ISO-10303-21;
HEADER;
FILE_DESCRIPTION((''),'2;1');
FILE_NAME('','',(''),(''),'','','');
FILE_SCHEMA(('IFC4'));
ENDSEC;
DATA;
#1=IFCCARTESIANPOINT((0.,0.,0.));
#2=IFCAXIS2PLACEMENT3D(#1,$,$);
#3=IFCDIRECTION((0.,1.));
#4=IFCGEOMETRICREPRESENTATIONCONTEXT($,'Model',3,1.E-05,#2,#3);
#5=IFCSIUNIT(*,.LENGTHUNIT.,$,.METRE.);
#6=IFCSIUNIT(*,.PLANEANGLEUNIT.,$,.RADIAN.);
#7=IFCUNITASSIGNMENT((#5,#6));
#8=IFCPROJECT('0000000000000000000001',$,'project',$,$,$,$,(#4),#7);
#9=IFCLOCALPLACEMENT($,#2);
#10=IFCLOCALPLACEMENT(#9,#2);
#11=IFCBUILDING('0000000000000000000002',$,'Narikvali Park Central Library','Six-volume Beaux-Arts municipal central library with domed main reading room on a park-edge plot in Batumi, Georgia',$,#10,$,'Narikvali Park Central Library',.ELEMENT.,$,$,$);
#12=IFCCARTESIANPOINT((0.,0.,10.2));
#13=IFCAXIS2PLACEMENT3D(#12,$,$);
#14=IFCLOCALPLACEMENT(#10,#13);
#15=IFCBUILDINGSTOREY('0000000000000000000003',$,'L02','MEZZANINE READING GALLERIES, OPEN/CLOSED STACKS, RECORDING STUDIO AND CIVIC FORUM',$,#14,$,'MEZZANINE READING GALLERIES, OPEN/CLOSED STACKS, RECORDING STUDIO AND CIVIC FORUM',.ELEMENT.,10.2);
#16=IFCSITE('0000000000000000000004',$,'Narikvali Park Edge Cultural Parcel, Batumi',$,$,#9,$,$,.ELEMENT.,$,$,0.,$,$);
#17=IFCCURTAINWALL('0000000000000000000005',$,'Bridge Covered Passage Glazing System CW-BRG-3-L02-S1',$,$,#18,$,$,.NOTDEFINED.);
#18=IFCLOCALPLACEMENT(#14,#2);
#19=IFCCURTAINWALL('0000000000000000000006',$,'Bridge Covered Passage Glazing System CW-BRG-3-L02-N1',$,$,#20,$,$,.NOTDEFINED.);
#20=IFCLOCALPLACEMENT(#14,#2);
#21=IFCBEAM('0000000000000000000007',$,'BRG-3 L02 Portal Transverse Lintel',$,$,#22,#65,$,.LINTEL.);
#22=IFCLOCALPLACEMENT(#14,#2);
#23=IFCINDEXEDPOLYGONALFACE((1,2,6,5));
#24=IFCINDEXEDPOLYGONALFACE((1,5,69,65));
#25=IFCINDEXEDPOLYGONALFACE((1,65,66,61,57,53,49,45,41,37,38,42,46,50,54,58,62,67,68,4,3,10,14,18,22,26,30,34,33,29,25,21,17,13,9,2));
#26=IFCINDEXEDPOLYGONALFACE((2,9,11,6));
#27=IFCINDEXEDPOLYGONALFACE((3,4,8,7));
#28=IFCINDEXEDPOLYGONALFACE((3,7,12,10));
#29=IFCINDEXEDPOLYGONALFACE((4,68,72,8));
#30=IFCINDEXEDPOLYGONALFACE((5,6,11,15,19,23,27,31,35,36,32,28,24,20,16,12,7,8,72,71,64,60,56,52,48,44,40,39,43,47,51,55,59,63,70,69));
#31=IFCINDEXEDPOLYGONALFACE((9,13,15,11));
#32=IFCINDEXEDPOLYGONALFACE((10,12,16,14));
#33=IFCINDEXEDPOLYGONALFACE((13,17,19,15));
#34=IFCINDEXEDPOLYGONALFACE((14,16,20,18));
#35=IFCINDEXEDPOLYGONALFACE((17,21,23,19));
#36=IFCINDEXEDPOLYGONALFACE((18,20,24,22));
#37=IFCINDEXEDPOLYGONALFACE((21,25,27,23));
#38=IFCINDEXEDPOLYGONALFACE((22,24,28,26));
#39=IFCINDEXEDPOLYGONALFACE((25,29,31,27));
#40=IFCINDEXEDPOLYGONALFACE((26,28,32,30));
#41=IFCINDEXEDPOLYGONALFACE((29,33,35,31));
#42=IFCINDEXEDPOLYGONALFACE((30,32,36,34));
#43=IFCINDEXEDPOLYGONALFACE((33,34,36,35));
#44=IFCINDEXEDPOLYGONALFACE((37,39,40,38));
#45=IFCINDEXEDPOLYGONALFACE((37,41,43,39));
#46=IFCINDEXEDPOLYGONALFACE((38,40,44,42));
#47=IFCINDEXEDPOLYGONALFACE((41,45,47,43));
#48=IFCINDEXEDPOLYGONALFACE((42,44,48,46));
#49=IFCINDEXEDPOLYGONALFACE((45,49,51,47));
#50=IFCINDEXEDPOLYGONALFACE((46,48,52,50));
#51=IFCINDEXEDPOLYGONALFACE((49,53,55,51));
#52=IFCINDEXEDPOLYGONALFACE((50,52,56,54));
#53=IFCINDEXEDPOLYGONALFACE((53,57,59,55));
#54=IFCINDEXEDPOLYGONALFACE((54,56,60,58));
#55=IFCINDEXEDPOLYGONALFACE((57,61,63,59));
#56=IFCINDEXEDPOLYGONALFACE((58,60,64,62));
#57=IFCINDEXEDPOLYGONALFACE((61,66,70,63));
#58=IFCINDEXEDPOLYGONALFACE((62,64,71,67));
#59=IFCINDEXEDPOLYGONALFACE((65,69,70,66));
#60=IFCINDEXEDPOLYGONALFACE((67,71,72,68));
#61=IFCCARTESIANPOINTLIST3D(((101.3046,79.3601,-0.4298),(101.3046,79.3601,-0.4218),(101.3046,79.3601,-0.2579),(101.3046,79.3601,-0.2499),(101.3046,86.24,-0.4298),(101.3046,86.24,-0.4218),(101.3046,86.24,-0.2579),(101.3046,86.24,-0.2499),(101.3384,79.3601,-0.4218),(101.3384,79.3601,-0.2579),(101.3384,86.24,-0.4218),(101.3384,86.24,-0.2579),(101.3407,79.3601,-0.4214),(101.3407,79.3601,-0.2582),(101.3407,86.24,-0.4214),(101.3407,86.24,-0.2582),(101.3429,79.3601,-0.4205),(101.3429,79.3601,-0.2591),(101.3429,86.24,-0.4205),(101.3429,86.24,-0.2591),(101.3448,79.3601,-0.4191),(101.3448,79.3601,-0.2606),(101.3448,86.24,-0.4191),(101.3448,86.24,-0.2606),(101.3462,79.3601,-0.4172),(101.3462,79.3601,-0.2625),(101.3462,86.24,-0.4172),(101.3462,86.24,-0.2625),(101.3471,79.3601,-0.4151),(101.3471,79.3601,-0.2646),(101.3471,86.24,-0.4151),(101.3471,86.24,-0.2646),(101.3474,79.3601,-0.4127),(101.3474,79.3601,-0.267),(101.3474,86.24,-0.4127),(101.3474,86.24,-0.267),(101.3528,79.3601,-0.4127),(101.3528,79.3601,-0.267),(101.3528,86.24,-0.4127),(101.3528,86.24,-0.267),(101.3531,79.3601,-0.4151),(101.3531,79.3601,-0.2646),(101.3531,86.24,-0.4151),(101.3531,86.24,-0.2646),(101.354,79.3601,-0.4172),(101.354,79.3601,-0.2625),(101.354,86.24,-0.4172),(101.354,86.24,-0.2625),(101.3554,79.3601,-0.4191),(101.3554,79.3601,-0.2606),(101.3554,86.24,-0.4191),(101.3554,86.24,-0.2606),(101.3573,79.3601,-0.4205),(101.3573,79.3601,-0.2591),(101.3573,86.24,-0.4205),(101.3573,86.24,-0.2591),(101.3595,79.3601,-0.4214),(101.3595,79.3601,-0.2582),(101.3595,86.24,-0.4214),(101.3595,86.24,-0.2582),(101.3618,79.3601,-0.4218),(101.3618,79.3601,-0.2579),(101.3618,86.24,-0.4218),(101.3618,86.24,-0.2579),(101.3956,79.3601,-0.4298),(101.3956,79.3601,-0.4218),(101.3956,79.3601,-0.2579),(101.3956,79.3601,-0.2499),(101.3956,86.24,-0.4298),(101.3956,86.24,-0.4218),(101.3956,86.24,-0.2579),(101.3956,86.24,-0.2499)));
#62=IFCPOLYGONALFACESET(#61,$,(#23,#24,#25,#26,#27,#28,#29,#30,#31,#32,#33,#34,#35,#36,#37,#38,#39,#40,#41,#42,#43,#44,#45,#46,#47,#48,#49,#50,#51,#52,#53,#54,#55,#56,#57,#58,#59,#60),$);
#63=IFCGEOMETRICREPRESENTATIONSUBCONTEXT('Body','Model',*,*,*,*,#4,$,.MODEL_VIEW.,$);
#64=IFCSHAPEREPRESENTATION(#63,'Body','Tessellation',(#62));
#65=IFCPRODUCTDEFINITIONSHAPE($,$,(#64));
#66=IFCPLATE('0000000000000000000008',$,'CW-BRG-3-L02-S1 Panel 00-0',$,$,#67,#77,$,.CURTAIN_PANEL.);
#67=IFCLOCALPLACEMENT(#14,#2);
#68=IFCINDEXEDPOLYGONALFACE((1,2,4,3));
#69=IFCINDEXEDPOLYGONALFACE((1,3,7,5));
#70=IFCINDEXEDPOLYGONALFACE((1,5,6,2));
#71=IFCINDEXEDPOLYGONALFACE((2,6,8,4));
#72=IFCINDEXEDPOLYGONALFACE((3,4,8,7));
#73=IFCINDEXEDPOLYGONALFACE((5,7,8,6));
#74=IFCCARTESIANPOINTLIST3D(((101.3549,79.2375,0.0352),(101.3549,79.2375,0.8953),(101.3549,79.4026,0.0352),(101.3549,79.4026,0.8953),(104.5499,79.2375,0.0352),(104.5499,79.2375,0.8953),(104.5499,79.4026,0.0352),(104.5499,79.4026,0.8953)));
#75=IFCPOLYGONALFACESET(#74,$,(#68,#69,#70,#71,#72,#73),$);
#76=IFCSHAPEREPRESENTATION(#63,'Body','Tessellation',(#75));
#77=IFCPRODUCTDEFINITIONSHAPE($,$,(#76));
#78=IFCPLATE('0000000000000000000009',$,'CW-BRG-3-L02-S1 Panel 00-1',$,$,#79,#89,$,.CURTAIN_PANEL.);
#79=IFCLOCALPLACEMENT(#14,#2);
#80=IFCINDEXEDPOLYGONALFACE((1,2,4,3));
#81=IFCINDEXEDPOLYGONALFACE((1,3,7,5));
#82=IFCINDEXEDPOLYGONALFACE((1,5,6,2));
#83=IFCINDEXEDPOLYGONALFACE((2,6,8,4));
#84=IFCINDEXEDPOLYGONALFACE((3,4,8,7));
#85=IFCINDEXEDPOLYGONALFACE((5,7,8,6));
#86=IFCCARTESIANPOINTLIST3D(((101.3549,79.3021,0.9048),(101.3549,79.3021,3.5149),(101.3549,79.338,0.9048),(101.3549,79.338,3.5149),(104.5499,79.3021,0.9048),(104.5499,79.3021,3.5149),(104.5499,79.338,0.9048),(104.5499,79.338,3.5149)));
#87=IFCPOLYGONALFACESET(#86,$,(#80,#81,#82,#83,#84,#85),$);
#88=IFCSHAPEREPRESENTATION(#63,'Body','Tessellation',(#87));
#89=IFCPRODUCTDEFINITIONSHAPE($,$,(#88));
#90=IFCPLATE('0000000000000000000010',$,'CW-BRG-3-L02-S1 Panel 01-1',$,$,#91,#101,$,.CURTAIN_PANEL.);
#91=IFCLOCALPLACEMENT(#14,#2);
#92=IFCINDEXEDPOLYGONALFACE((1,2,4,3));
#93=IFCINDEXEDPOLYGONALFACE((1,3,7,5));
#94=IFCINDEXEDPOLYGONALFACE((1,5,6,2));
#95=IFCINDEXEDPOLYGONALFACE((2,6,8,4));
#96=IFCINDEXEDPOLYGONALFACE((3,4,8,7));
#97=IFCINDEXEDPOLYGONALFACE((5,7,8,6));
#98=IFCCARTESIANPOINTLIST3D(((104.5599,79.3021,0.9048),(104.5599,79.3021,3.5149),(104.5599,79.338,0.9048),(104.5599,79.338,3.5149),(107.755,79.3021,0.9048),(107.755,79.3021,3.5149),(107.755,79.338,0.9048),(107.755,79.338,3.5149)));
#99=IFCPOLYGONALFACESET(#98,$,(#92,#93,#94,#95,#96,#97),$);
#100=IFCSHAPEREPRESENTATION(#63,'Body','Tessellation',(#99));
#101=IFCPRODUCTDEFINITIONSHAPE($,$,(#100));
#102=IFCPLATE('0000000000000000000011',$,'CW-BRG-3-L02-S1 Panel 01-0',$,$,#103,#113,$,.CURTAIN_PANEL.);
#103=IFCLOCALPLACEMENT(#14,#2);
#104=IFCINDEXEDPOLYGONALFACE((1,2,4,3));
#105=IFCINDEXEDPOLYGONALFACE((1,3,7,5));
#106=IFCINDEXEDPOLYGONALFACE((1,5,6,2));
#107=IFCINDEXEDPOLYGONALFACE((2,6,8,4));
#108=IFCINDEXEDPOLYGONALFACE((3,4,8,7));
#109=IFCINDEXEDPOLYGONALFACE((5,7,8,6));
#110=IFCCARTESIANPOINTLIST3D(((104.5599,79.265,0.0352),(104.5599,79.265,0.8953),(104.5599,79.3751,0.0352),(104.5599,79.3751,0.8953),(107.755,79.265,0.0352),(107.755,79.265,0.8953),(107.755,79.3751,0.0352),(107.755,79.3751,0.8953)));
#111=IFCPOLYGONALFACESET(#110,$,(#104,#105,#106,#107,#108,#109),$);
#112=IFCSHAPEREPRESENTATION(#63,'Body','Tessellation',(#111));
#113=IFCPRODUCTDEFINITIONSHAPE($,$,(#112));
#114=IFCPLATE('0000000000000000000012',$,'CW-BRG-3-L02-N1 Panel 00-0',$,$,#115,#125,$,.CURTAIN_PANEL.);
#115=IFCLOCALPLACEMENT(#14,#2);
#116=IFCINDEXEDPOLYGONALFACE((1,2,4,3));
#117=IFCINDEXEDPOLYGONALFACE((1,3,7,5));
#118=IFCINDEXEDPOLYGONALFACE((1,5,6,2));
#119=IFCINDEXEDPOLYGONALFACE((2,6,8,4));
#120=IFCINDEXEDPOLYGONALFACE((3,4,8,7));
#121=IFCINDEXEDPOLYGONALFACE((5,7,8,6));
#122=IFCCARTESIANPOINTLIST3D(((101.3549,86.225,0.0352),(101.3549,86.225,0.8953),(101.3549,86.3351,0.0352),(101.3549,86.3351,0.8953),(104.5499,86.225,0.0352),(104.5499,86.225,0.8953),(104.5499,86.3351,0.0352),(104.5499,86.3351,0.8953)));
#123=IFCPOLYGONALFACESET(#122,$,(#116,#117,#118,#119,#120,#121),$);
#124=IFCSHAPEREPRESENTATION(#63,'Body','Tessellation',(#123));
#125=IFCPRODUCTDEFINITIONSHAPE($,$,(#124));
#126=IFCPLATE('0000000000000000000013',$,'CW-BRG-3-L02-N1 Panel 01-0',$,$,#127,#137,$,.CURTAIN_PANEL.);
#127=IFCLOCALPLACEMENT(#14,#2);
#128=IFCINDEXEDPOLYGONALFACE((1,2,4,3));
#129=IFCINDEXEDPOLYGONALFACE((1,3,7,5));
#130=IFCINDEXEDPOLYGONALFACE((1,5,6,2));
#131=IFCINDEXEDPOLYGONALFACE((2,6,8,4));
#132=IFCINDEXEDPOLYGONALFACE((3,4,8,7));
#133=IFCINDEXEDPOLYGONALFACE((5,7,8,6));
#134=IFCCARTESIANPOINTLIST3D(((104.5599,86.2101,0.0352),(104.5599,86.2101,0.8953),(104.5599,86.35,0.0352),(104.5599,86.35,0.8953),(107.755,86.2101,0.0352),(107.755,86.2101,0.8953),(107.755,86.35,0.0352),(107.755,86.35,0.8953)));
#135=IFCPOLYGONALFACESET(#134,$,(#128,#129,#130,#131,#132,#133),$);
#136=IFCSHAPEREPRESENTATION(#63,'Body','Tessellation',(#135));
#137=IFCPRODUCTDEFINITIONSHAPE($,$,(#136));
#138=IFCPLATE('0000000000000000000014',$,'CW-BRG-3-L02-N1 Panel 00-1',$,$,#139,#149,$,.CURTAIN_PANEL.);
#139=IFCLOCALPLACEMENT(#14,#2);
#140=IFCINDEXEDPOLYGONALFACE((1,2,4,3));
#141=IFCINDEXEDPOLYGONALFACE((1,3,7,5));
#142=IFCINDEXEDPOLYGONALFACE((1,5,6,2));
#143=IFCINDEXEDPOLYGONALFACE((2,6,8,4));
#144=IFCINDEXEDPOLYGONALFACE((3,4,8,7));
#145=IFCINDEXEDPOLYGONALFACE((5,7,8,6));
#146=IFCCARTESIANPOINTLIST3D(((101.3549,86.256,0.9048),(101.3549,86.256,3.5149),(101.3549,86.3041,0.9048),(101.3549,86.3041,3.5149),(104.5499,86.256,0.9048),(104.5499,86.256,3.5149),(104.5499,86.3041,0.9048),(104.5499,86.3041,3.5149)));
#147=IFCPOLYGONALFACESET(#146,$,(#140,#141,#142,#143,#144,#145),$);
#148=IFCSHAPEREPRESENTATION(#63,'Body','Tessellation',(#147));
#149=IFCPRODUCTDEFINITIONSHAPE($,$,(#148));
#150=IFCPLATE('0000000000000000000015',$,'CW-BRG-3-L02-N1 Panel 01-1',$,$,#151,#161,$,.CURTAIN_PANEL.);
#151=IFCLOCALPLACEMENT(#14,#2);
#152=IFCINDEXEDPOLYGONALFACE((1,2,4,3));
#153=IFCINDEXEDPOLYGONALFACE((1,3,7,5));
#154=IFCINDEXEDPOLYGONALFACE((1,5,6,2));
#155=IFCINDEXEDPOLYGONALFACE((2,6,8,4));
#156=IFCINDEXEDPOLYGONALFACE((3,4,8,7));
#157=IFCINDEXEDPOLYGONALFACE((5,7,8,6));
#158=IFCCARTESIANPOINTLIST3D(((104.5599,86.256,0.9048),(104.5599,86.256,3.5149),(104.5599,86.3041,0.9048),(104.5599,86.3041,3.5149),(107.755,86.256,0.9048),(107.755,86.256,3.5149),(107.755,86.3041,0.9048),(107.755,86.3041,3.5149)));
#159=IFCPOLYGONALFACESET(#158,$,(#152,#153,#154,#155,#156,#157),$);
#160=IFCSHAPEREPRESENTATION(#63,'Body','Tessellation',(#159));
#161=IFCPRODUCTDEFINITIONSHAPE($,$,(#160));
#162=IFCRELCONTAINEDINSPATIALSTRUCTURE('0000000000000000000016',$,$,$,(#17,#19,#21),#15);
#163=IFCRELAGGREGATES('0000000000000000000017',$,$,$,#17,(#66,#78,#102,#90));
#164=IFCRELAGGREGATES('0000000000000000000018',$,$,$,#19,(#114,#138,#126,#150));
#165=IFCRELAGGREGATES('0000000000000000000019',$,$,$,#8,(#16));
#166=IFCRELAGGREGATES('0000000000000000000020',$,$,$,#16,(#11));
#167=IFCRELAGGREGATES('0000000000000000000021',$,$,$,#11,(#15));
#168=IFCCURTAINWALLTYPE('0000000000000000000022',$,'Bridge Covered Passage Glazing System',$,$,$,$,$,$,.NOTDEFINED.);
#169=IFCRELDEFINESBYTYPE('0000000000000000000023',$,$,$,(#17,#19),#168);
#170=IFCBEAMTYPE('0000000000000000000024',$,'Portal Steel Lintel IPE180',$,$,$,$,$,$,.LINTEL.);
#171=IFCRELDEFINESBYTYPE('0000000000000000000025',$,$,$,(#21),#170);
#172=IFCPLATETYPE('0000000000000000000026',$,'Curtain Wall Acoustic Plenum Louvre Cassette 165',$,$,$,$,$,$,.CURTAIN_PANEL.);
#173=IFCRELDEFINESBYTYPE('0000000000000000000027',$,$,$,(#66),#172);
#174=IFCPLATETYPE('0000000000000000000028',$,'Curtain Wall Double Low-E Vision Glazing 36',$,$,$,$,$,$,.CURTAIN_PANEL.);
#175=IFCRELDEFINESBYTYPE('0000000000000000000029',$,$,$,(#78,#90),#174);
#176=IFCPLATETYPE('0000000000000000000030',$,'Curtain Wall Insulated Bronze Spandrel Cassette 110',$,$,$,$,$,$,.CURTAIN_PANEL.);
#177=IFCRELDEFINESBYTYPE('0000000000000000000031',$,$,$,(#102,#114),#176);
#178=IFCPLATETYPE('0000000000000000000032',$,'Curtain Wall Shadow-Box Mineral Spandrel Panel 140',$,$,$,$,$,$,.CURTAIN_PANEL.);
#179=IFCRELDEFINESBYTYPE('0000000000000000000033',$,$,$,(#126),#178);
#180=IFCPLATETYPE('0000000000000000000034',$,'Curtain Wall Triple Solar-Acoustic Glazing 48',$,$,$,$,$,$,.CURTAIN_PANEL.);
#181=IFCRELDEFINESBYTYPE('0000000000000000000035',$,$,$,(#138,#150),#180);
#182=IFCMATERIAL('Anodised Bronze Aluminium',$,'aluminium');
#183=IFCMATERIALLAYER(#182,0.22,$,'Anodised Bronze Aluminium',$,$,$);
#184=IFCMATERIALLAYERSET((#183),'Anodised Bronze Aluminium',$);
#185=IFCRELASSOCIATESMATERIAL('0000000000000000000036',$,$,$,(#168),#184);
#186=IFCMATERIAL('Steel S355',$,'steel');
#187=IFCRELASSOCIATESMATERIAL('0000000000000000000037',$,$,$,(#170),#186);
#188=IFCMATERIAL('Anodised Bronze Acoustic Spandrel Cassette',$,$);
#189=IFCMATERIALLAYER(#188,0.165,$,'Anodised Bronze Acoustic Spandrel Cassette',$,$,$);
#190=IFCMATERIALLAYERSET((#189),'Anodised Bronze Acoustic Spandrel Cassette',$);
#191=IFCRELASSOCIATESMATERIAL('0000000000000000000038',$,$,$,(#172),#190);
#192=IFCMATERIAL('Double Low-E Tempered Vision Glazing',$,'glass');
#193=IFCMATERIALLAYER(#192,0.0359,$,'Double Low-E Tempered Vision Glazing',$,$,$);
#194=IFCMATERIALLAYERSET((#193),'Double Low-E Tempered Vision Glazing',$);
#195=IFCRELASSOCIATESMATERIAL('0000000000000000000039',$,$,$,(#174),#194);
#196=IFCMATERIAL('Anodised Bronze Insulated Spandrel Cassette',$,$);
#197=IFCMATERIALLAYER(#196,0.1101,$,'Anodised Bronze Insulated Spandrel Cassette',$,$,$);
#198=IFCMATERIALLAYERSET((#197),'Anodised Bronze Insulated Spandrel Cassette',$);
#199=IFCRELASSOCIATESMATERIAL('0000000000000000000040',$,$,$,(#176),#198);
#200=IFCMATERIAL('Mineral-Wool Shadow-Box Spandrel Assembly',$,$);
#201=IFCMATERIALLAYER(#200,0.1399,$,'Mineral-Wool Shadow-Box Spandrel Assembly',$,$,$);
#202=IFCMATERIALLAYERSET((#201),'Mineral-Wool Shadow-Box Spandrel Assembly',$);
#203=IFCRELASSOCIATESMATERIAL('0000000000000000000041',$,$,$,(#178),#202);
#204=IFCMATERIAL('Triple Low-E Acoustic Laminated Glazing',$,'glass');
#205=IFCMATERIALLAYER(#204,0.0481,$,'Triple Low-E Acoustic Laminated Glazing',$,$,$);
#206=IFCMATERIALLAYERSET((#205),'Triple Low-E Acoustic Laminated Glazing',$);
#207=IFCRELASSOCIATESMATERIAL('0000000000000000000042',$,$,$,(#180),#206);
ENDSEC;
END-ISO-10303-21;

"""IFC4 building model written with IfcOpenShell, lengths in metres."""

from ifc_helpers import new_model, si_unit, direction, frame, origin, origin_2d, place, context, subcontext, project, spatial, rectangle, i_section, extrude, material, layer, layer_set, material_profile, profile_set, type_object, element, aggregate, save


model = new_model("IFC4")

# Units and contexts
model_context = context("Model", 3, precision=1e-05, world=origin(), true_north=direction((0.0, 1.0)))
body_context = subcontext(model_context, "Body", "Model", "MODEL_VIEW")
ifc_project = project(units=[si_unit("LENGTHUNIT", "METRE"), si_unit("PLANEANGLEUNIT", "RADIAN")], contexts=[model_context])

# Site, building, storey
site_placement = place(None, origin())
site = spatial("IfcSite", under=ifc_project, at=site_placement, Name="Narikvali Park Edge Cultural Parcel, Batumi", CompositionType="ELEMENT", RefElevation=0.0)
building_placement = place(site_placement, origin())
building = spatial("IfcBuilding", under=site, at=building_placement, Name="Narikvali Park Central Library", Description="Six-volume Beaux-Arts municipal central library with domed main reading room on a park-edge plot in Batumi, Georgia", LongName="Narikvali Park Central Library", CompositionType="ELEMENT")
storey_placement = place(building_placement, frame((0.0, 0.0, 10.2)))
storey = spatial("IfcBuildingStorey", under=building, at=storey_placement, Name="L02", Description="MEZZANINE READING GALLERIES, OPEN/CLOSED STACKS, RECORDING STUDIO AND CIVIC FORUM", LongName="MEZZANINE READING GALLERIES, OPEN/CLOSED STACKS, RECORDING STUDIO AND CIVIC FORUM", CompositionType="ELEMENT", Elevation=10.2)

# Curtain walls
ifc_material_1 = material(Name="Anodised Bronze Aluminium", Category="aluminium")
ifc_layer_1 = layer(ifc_material_1, 0.22, Name="Anodised Bronze Aluminium")
ifc_layer_set_1 = layer_set([ifc_layer_1], Name="Anodised Bronze Aluminium")
curtain_wall_type = type_object("IfcCurtainWallType", Name="Bridge Covered Passage Glazing System", PredefinedType="NOTDEFINED", material=ifc_layer_set_1)
curtain_wall_1_placement = place(storey_placement, origin())
curtain_wall_1 = element("IfcCurtainWall", 1, at=curtain_wall_1_placement, inside=storey, type_object=curtain_wall_type, Name="Bridge Covered Passage Glazing System CW-BRG-3-L02-S1", PredefinedType="NOTDEFINED")
curtain_wall_2_placement = place(storey_placement, origin())
curtain_wall_2 = element("IfcCurtainWall", 2, at=curtain_wall_2_placement, inside=storey, type_object=curtain_wall_type, Name="Bridge Covered Passage Glazing System CW-BRG-3-L02-N1", PredefinedType="NOTDEFINED")

# Beam
ifc_material_2 = material(Name="Steel S355", Category="steel")
ifc_material_profile_1 = material_profile(ifc_material_2, i_section(OverallWidth=0.0911, OverallDepth=0.1799, WebThickness=0.0054, FlangeThickness=0.0081, FilletRadius=0.009, at=origin_2d()), Name="IPE 180")
ifc_profile_set_1 = profile_set([ifc_material_profile_1], Name="Steel S355")
beam_type = type_object("IfcBeamType", Name="Portal Steel Lintel IPE180", PredefinedType="LINTEL", material=ifc_profile_set_1)
beam_placement = place(storey_placement, frame((101.3501, 79.3601, -0.3398), z_axis=(0.0, 1.0, 0.0), x_axis=(-1.0, 0.0, 0.0)))
element("IfcBeam", 3, at=beam_placement, inside=storey, type_object=beam_type, Name="BRG-3 L02 Portal Transverse Lintel", PredefinedType="LINTEL", context=body_context, shape_type="SweptSolid", body=[
    extrude(i_section(OverallWidth=0.0911, OverallDepth=0.1799, WebThickness=0.0054, FlangeThickness=0.0081, FilletRadius=0.009, at=origin_2d()), origin(), (0.0, 0.0, 1.0), 6.8799),
])

# Plates
ifc_material_3 = material(Name="Anodised Bronze Acoustic Spandrel Cassette")
ifc_layer_2 = layer(ifc_material_3, 0.165, Name="Anodised Bronze Acoustic Spandrel Cassette")
ifc_layer_set_2 = layer_set([ifc_layer_2], Name="Anodised Bronze Acoustic Spandrel Cassette")
plate_type_1 = type_object("IfcPlateType", Name="Curtain Wall Acoustic Plenum Louvre Cassette 165", PredefinedType="CURTAIN_PANEL", material=ifc_layer_set_2)
plate_1_placement = place(storey_placement, frame((102.9524, 79.3201, 0.0352), z_axis=(0.0, 0.0, 1.0), x_axis=(1.0, 0.0, 0.0)))
plate_1 = element("IfcPlate", 4, at=plate_1_placement, type_object=plate_type_1, Name="CW-BRG-3-L02-S1 Panel 00-0", PredefinedType="CURTAIN_PANEL", context=body_context, shape_type="SweptSolid", body=[
    extrude(rectangle(XDim=3.1951, YDim=0.165, at=origin_2d()), origin(), (0.0, 0.0, 1.0), 0.8601),
])
ifc_material_4 = material(Name="Double Low-E Tempered Vision Glazing", Category="glass")
ifc_layer_3 = layer(ifc_material_4, 0.0359, Name="Double Low-E Tempered Vision Glazing")
ifc_layer_set_3 = layer_set([ifc_layer_3], Name="Double Low-E Tempered Vision Glazing")
plate_type_2 = type_object("IfcPlateType", Name="Curtain Wall Double Low-E Vision Glazing 36", PredefinedType="CURTAIN_PANEL", material=ifc_layer_set_3)
plate_2_placement = place(storey_placement, frame((102.9524, 79.3201, 0.9048), z_axis=(0.0, 0.0, 1.0), x_axis=(1.0, 0.0, 0.0)))
plate_2 = element("IfcPlate", 5, at=plate_2_placement, type_object=plate_type_2, Name="CW-BRG-3-L02-S1 Panel 00-1", PredefinedType="CURTAIN_PANEL", context=body_context, shape_type="SweptSolid", body=[
    extrude(rectangle(XDim=3.1951, YDim=0.0359, at=origin_2d()), origin(), (0.0, 0.0, 1.0), 2.6101),
])
plate_3_placement = place(storey_placement, frame((106.1575, 79.3201, 0.9048), z_axis=(0.0, 0.0, 1.0), x_axis=(1.0, 0.0, 0.0)))
plate_3 = element("IfcPlate", 6, at=plate_3_placement, type_object=plate_type_2, Name="CW-BRG-3-L02-S1 Panel 01-1", PredefinedType="CURTAIN_PANEL", context=body_context, shape_type="SweptSolid", body=[
    extrude(rectangle(XDim=3.1951, YDim=0.0359, at=origin_2d()), origin(), (0.0, 0.0, 1.0), 2.6101),
])
ifc_material_5 = material(Name="Anodised Bronze Insulated Spandrel Cassette")
ifc_layer_4 = layer(ifc_material_5, 0.1101, Name="Anodised Bronze Insulated Spandrel Cassette")
ifc_layer_set_4 = layer_set([ifc_layer_4], Name="Anodised Bronze Insulated Spandrel Cassette")
plate_type_3 = type_object("IfcPlateType", Name="Curtain Wall Insulated Bronze Spandrel Cassette 110", PredefinedType="CURTAIN_PANEL", material=ifc_layer_set_4)
plate_4_placement = place(storey_placement, frame((106.1575, 79.3201, 0.0352), z_axis=(0.0, 0.0, 1.0), x_axis=(1.0, 0.0, 0.0)))
plate_4 = element("IfcPlate", 7, at=plate_4_placement, type_object=plate_type_3, Name="CW-BRG-3-L02-S1 Panel 01-0", PredefinedType="CURTAIN_PANEL", context=body_context, shape_type="SweptSolid", body=[
    extrude(rectangle(XDim=3.1951, YDim=0.1101, at=origin_2d()), origin(), (0.0, 0.0, 1.0), 0.8601),
])
aggregate(curtain_wall_1, [plate_1, plate_2, plate_4, plate_3])
plate_5_placement = place(storey_placement, frame((102.9524, 86.28, 0.0352), z_axis=(0.0, 0.0, 1.0), x_axis=(1.0, 0.0, 0.0)))
plate_5 = element("IfcPlate", 8, at=plate_5_placement, type_object=plate_type_3, Name="CW-BRG-3-L02-N1 Panel 00-0", PredefinedType="CURTAIN_PANEL", context=body_context, shape_type="SweptSolid", body=[
    extrude(rectangle(XDim=3.1951, YDim=0.1101, at=origin_2d()), origin(), (0.0, 0.0, 1.0), 0.8601),
])
ifc_material_6 = material(Name="Mineral-Wool Shadow-Box Spandrel Assembly")
ifc_layer_5 = layer(ifc_material_6, 0.1399, Name="Mineral-Wool Shadow-Box Spandrel Assembly")
ifc_layer_set_5 = layer_set([ifc_layer_5], Name="Mineral-Wool Shadow-Box Spandrel Assembly")
plate_type_4 = type_object("IfcPlateType", Name="Curtain Wall Shadow-Box Mineral Spandrel Panel 140", PredefinedType="CURTAIN_PANEL", material=ifc_layer_set_5)
plate_6_placement = place(storey_placement, frame((106.1575, 86.28, 0.0352), z_axis=(0.0, 0.0, 1.0), x_axis=(1.0, 0.0, 0.0)))
plate_6 = element("IfcPlate", 9, at=plate_6_placement, type_object=plate_type_4, Name="CW-BRG-3-L02-N1 Panel 01-0", PredefinedType="CURTAIN_PANEL", context=body_context, shape_type="SweptSolid", body=[
    extrude(rectangle(XDim=3.1951, YDim=0.1399, at=origin_2d()), origin(), (0.0, 0.0, 1.0), 0.8601),
])
ifc_material_7 = material(Name="Triple Low-E Acoustic Laminated Glazing", Category="glass")
ifc_layer_6 = layer(ifc_material_7, 0.0481, Name="Triple Low-E Acoustic Laminated Glazing")
ifc_layer_set_6 = layer_set([ifc_layer_6], Name="Triple Low-E Acoustic Laminated Glazing")
plate_type_5 = type_object("IfcPlateType", Name="Curtain Wall Triple Solar-Acoustic Glazing 48", PredefinedType="CURTAIN_PANEL", material=ifc_layer_set_6)
plate_7_placement = place(storey_placement, frame((102.9524, 86.28, 0.9048), z_axis=(0.0, 0.0, 1.0), x_axis=(1.0, 0.0, 0.0)))
plate_7 = element("IfcPlate", 10, at=plate_7_placement, type_object=plate_type_5, Name="CW-BRG-3-L02-N1 Panel 00-1", PredefinedType="CURTAIN_PANEL", context=body_context, shape_type="SweptSolid", body=[
    extrude(rectangle(XDim=3.1951, YDim=0.0481, at=origin_2d()), origin(), (0.0, 0.0, 1.0), 2.6101),
])
plate_8_placement = place(storey_placement, frame((106.1575, 86.28, 0.9048), z_axis=(0.0, 0.0, 1.0), x_axis=(1.0, 0.0, 0.0)))
plate_8 = element("IfcPlate", 11, at=plate_8_placement, type_object=plate_type_5, Name="CW-BRG-3-L02-N1 Panel 01-1", PredefinedType="CURTAIN_PANEL", context=body_context, shape_type="SweptSolid", body=[
    extrude(rectangle(XDim=3.1951, YDim=0.0481, at=origin_2d()), origin(), (0.0, 0.0, 1.0), 2.6101),
])
aggregate(curtain_wall_2, [plate_5, plate_7, plate_6, plate_8])

save(model, "model.ifc")
